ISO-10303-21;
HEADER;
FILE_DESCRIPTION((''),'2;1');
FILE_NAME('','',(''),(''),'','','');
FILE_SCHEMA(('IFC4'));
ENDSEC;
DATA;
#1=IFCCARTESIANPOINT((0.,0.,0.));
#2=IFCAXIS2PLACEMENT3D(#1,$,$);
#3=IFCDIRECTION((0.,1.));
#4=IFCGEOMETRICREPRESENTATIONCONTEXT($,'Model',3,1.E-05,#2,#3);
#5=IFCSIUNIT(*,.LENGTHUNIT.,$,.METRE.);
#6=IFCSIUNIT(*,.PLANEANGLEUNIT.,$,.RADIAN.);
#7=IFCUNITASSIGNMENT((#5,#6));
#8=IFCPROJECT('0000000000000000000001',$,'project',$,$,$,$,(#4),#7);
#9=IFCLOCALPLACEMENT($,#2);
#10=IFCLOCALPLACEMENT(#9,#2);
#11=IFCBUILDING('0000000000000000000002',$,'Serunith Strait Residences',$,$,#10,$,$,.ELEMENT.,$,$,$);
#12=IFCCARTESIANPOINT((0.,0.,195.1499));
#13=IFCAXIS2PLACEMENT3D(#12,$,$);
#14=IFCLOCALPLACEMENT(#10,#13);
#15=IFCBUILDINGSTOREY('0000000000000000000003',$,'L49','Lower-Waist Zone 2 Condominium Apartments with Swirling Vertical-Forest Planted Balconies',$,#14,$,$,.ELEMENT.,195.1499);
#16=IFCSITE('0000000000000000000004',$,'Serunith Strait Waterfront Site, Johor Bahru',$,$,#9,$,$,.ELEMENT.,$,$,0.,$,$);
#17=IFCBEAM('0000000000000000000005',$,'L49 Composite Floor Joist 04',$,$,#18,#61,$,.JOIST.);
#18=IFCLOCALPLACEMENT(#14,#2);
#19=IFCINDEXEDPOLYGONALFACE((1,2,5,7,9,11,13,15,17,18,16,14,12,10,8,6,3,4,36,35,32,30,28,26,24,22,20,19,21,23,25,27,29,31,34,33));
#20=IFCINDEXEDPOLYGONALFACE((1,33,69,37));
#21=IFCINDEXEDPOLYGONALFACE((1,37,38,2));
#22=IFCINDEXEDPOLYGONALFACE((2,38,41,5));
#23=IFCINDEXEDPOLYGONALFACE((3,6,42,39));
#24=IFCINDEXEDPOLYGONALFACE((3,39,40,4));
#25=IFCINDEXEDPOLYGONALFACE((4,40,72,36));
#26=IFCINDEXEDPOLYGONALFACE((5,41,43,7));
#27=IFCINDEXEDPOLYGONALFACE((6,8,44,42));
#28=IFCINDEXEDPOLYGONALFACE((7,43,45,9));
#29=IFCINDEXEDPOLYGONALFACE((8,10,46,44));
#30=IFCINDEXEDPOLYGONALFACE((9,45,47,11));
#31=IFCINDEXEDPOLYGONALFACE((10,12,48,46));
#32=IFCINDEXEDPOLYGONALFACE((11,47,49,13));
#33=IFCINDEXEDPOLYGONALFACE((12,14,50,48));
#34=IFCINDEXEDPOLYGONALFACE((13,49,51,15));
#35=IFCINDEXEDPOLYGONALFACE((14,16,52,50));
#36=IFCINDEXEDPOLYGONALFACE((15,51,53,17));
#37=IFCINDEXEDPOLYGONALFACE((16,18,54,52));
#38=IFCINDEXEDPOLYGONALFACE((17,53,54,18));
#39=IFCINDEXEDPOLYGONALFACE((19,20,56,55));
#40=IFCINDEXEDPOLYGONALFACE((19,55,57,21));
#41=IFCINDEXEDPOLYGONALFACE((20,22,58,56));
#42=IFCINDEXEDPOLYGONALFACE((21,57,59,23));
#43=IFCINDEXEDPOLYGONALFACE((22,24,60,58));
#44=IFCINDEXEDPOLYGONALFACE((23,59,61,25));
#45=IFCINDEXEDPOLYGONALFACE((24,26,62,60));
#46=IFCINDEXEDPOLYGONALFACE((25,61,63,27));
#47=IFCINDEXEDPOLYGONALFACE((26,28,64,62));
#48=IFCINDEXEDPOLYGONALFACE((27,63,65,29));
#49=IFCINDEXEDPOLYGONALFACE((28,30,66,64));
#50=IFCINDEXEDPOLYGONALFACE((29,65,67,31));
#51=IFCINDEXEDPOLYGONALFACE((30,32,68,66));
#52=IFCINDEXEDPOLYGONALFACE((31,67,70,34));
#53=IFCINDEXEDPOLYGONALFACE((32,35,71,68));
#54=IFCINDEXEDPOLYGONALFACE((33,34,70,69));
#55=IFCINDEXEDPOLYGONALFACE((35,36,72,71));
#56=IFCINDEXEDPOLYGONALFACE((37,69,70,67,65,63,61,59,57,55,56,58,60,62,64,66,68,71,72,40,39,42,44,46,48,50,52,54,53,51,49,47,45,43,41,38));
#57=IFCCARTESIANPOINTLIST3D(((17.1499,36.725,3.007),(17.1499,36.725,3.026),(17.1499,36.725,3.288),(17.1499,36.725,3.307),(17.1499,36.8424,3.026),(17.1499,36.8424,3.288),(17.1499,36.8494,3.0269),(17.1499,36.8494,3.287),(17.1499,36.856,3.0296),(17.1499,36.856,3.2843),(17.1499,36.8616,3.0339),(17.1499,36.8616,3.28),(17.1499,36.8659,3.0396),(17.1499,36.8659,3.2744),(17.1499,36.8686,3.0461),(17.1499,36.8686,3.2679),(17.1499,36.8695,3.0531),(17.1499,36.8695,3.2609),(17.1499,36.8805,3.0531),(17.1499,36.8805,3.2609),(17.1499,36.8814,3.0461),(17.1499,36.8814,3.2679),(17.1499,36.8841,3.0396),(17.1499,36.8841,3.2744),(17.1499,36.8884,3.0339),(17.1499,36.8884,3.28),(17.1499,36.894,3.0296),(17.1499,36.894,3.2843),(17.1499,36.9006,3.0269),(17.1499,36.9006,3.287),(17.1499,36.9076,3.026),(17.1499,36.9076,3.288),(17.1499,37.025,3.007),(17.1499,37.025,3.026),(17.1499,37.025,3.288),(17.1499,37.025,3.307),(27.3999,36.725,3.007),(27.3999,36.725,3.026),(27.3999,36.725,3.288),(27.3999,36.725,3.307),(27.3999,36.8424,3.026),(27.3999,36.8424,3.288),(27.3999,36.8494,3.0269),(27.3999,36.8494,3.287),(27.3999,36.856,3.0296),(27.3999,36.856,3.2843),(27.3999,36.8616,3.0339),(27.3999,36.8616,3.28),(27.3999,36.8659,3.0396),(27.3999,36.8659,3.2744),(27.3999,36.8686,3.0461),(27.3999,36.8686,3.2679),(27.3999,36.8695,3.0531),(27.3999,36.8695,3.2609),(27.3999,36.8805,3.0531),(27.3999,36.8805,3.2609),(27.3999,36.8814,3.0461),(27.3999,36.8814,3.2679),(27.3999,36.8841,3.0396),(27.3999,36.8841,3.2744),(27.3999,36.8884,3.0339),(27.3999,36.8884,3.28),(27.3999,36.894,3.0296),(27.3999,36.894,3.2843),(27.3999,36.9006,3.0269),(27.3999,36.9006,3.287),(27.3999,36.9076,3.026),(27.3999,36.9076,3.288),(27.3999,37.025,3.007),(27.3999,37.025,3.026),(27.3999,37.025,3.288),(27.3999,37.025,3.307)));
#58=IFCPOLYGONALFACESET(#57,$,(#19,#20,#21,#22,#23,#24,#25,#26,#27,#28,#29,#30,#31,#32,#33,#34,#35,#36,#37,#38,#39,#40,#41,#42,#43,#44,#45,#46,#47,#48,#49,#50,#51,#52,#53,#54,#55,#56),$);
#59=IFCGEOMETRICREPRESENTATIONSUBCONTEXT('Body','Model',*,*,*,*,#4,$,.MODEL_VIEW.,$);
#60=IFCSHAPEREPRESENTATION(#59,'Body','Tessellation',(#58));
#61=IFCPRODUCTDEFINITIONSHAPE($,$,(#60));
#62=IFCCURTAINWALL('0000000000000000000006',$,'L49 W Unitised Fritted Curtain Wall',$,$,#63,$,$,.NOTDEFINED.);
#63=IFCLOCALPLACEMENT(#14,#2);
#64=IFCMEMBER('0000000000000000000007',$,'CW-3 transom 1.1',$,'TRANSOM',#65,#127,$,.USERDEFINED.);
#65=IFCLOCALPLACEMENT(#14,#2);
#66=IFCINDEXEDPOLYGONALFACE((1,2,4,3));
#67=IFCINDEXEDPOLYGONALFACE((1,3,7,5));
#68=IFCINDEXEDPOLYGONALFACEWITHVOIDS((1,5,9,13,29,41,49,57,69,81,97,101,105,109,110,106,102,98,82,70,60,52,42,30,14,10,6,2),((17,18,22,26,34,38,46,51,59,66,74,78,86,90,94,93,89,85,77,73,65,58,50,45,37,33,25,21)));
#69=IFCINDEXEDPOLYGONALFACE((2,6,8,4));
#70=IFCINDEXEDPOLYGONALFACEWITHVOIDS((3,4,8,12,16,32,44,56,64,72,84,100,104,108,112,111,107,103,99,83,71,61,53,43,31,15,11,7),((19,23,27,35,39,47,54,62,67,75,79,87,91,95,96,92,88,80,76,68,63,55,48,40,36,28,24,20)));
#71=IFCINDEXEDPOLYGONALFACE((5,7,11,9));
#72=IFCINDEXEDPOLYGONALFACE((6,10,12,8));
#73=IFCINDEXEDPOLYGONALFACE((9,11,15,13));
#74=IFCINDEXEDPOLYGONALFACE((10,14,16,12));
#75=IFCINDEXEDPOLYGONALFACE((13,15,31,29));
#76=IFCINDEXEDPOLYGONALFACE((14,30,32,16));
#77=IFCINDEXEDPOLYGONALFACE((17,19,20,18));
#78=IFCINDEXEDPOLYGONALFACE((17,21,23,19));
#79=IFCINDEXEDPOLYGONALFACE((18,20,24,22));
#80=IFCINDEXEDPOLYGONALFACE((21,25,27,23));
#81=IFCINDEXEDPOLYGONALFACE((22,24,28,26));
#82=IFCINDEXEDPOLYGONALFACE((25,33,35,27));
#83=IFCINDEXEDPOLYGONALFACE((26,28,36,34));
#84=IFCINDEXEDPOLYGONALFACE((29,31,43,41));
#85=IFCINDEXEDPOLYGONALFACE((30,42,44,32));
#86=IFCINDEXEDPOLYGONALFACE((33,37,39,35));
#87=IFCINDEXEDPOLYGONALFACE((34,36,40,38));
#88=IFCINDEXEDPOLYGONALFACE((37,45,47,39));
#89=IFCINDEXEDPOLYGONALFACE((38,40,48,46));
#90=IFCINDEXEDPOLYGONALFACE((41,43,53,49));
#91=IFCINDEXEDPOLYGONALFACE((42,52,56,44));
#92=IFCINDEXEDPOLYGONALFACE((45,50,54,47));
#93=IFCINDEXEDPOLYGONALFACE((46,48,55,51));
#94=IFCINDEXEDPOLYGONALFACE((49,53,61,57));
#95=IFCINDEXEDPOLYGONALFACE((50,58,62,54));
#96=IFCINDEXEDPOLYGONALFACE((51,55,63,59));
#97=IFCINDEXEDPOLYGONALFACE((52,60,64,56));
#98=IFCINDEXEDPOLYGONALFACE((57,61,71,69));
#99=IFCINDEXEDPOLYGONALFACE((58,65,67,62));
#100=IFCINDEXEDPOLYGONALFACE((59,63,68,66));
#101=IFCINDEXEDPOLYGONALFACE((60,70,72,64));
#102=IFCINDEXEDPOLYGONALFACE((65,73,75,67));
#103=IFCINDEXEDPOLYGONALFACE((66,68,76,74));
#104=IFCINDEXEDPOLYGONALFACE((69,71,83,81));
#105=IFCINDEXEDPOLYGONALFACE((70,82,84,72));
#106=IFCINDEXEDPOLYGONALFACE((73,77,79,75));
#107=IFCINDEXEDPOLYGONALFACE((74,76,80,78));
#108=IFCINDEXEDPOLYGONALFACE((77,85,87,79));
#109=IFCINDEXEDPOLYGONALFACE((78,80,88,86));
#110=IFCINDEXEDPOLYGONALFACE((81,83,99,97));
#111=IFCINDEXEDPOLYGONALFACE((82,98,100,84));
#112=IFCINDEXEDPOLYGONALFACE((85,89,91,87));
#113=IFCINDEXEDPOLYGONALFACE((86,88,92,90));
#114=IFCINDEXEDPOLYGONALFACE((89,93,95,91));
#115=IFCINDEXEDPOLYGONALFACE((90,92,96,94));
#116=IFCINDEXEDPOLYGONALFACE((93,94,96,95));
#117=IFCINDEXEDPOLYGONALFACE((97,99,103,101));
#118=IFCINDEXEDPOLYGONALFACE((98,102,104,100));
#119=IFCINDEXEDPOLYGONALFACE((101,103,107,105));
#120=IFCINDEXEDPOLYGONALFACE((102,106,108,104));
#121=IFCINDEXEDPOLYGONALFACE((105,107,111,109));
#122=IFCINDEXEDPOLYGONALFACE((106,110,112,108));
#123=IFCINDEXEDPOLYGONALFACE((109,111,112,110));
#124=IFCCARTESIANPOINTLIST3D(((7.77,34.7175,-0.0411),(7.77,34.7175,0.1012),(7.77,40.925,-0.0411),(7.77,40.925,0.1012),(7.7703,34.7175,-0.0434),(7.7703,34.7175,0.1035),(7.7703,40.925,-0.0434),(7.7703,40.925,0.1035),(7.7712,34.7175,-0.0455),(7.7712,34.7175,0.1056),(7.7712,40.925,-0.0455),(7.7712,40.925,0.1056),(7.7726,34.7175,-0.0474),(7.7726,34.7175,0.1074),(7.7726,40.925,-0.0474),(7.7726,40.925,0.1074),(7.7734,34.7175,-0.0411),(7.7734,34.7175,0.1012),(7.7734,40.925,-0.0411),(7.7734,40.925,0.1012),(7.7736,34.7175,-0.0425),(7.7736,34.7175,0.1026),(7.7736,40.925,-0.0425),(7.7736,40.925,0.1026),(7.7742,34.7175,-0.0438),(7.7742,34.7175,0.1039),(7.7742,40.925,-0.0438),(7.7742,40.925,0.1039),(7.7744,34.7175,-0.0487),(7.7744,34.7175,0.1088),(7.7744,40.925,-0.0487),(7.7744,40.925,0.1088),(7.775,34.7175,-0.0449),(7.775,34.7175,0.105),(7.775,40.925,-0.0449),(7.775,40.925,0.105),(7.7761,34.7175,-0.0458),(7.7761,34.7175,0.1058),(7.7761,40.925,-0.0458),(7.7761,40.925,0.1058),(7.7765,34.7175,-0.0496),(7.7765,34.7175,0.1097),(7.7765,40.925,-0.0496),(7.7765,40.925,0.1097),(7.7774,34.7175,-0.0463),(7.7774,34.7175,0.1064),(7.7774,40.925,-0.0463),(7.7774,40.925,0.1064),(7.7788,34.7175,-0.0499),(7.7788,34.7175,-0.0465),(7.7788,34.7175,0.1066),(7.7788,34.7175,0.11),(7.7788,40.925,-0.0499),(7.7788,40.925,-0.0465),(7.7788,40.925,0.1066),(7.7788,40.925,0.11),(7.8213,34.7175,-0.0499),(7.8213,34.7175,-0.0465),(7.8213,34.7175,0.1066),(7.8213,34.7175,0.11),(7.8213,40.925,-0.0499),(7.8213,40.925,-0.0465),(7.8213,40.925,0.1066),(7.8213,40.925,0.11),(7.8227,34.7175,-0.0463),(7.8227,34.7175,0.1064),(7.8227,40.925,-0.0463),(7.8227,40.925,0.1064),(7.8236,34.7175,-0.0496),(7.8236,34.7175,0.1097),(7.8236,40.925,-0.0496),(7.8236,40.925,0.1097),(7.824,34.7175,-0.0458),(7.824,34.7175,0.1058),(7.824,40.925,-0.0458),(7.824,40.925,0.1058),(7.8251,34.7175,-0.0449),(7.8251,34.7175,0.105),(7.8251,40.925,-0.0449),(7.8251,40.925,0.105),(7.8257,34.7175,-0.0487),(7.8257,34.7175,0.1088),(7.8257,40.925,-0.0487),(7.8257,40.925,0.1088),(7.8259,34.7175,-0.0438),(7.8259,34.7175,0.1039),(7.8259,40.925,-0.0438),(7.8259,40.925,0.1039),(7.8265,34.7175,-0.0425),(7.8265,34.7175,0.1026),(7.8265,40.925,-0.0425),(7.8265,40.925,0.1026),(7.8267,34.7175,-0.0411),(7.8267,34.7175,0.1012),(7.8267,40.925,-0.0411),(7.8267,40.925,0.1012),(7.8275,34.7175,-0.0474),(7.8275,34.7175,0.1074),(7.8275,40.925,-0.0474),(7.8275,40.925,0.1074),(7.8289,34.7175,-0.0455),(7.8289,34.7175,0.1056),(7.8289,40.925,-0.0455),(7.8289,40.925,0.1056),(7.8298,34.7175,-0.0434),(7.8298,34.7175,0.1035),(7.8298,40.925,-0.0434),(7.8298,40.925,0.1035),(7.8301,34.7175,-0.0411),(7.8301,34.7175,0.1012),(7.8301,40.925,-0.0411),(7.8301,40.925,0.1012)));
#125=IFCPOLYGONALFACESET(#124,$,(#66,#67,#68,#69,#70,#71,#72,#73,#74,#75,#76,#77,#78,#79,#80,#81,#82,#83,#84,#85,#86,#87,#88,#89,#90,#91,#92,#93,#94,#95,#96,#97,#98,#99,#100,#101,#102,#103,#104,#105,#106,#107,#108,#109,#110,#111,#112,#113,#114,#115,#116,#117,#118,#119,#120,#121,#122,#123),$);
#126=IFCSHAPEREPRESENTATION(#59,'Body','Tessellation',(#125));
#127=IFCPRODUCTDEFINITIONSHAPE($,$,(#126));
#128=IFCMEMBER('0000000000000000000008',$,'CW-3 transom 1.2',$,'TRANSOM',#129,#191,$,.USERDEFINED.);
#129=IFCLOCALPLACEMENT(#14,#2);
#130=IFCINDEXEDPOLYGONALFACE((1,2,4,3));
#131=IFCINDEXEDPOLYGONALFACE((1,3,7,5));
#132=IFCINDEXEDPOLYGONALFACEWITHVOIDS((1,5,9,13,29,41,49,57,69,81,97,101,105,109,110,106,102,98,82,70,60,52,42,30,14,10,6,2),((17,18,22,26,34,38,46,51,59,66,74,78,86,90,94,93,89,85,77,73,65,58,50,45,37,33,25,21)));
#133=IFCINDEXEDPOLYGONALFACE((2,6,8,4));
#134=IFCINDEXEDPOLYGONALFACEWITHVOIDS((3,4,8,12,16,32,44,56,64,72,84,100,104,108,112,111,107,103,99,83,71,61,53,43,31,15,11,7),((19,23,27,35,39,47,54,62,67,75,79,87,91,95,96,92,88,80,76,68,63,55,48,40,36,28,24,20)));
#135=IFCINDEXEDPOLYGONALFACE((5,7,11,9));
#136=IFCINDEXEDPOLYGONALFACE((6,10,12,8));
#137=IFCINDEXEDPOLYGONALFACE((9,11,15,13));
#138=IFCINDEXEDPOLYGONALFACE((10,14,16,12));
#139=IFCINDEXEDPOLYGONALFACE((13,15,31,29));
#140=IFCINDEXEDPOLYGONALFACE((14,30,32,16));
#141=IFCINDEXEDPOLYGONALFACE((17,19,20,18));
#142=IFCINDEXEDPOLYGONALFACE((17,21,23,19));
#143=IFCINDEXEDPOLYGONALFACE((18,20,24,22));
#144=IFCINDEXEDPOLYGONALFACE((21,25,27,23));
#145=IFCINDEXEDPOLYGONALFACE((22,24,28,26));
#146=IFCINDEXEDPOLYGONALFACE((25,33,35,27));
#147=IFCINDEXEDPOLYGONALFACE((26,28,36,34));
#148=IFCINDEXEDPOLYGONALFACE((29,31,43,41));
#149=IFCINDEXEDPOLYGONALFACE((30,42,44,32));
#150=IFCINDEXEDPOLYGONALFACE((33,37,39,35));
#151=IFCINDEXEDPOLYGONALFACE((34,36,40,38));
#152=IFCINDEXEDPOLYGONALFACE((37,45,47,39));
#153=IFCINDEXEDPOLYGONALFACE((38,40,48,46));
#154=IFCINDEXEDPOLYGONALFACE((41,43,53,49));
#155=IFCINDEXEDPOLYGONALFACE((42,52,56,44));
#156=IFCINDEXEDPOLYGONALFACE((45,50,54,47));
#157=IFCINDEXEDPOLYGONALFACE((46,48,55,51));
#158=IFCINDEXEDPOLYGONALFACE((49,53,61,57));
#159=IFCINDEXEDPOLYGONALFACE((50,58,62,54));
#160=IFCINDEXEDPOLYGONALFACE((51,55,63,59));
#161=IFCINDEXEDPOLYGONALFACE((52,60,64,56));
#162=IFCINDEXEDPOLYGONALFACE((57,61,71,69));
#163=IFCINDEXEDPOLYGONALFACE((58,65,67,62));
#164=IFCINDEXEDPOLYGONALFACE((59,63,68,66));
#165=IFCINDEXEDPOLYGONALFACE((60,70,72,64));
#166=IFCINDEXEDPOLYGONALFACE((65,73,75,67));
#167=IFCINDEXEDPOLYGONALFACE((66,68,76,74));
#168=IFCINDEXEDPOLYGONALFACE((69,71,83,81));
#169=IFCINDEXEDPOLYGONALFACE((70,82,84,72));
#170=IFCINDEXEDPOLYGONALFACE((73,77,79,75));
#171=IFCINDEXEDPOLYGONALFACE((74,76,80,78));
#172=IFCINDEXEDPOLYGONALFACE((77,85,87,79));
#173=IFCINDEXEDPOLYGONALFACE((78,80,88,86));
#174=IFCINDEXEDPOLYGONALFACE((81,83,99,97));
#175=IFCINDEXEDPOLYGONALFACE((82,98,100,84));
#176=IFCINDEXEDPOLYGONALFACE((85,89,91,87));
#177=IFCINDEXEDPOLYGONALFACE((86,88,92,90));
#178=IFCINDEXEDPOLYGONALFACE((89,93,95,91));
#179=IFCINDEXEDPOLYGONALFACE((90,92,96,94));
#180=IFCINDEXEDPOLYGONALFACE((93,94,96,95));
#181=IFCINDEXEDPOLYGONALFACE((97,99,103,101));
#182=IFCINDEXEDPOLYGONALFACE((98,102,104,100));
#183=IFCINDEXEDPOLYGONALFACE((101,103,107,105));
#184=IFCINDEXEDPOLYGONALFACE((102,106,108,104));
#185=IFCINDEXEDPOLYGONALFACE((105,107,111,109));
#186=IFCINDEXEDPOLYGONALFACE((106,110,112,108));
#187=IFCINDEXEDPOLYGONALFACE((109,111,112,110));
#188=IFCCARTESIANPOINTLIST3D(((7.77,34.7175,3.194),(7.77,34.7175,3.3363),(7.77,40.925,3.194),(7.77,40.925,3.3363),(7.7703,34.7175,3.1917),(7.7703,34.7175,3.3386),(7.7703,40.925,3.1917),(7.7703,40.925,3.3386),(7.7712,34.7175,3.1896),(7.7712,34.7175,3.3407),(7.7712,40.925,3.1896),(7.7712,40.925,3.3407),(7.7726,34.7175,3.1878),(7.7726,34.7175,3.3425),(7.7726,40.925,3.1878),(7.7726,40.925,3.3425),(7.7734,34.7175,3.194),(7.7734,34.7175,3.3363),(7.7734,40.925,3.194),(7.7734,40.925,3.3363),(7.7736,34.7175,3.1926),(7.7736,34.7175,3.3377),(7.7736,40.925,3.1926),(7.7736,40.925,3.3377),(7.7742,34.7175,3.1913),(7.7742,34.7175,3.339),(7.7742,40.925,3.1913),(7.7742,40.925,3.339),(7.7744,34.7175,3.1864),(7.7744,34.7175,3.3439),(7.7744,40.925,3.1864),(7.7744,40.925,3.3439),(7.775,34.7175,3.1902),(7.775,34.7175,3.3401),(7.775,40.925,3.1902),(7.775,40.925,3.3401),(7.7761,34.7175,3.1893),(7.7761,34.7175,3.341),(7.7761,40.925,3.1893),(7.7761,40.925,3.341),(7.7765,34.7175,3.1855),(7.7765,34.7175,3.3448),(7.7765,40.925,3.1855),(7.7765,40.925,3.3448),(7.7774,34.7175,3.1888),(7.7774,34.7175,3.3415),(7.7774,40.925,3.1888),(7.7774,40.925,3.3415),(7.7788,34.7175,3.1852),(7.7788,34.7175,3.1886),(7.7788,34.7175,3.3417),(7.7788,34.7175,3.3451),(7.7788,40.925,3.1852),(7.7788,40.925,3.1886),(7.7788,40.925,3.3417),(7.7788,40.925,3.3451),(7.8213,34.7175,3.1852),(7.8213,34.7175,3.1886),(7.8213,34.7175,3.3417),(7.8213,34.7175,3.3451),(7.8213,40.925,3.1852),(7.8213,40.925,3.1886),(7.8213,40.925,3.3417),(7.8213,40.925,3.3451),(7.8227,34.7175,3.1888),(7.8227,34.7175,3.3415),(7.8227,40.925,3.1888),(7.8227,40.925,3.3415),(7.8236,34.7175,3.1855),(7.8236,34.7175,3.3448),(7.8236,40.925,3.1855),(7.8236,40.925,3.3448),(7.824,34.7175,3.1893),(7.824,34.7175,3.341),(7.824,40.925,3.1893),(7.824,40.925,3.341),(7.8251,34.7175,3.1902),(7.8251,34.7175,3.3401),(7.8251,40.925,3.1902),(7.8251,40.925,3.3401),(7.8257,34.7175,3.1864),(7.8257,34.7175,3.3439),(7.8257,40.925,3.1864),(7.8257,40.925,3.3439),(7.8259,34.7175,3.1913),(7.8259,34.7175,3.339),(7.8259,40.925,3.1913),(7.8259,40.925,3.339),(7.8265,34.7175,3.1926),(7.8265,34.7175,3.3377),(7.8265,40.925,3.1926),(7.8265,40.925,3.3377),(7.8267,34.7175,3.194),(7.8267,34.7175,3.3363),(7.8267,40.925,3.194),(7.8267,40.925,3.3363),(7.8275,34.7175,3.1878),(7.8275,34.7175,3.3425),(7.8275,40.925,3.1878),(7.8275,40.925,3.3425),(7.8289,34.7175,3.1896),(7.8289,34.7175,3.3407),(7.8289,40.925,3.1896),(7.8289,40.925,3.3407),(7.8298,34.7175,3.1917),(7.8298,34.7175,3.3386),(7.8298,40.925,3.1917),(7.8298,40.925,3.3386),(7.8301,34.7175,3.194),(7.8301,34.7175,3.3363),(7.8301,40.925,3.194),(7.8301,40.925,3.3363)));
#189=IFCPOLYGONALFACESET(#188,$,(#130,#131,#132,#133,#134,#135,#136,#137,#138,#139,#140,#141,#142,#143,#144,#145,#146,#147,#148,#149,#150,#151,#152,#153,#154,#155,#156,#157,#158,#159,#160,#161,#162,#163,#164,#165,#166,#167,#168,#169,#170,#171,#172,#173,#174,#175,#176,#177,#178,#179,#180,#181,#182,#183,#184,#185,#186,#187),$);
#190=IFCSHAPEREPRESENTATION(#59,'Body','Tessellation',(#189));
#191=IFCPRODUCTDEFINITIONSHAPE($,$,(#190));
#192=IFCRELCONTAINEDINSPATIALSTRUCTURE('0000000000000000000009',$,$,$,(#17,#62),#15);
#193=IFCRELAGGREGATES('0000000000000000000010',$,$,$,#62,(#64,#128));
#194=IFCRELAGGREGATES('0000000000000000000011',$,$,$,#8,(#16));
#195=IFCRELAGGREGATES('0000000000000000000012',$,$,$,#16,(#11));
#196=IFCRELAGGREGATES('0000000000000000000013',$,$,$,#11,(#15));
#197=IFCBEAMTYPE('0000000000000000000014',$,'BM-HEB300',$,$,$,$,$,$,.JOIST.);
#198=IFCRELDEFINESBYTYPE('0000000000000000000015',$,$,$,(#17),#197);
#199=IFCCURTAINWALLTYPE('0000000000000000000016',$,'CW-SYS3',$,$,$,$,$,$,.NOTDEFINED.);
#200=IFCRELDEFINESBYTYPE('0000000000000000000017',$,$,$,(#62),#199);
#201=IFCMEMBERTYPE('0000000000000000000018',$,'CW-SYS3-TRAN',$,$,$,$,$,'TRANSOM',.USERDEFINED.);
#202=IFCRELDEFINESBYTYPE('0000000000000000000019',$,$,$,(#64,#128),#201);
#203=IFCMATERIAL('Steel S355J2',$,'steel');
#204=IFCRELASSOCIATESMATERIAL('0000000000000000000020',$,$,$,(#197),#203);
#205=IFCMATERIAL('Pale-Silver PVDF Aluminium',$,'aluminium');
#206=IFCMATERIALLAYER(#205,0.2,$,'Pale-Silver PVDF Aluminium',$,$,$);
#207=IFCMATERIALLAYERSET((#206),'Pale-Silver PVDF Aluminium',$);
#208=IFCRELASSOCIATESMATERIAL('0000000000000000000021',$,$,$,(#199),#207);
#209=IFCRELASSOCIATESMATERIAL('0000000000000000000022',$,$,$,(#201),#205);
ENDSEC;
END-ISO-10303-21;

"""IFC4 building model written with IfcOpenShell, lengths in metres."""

from ifc_helpers import new_model, si_unit, direction, frame, origin, origin_2d, place, context, subcontext, project, spatial, hollow_rectangle, i_section, extrude, source, transform, mapped, material, layer, layer_set, material_profile, profile_set, type_object, element, aggregate, save


model = new_model("IFC4")

# Units and contexts
model_context = context("Model", 3, precision=1e-05, world=origin(), true_north=direction((0.0, 1.0)))
body_context = subcontext(model_context, "Body", "Model", "MODEL_VIEW")
ifc_project = project(units=[si_unit("LENGTHUNIT", "METRE"), si_unit("PLANEANGLEUNIT", "RADIAN")], contexts=[model_context])

# Site, building, storey
site_placement = place(None, origin())
site = spatial("IfcSite", under=ifc_project, at=site_placement, Name="Serunith Strait Waterfront Site, Johor Bahru", CompositionType="ELEMENT", RefElevation=0.0)
building_placement = place(site_placement, origin())
building = spatial("IfcBuilding", under=site, at=building_placement, Name="Serunith Strait Residences", CompositionType="ELEMENT")
storey_placement = place(building_placement, frame((0.0, 0.0, 195.1499)))
storey = spatial("IfcBuildingStorey", under=building, at=storey_placement, Name="L49", Description="Lower-Waist Zone 2 Condominium Apartments with Swirling Vertical-Forest Planted Balconies", CompositionType="ELEMENT", Elevation=195.1499)

# Beam
ifc_material_1 = material(Name="Steel S355J2", Category="steel")
ifc_material_profile_1 = material_profile(ifc_material_1, i_section(OverallWidth=0.3, OverallDepth=0.3, WebThickness=0.011, FlangeThickness=0.019, FilletRadius=0.0271, at=origin_2d()), Name="HEB 300")
ifc_profile_set_1 = profile_set([ifc_material_profile_1], Name="Steel S355J2")
beam_type_1 = type_object("IfcBeamType", Name="BM-HEB300", PredefinedType="JOIST", material=ifc_profile_set_1)
shared_shape_1 = source(origin(), body_context, "Body", "SweptSolid", [
    extrude(i_section(OverallWidth=0.3, OverallDepth=0.3, WebThickness=0.011, FlangeThickness=0.019, FilletRadius=0.0271, at=origin_2d()), origin(), (0.0, 0.0, 1.0), 10.25),
])
beam_1_placement = place(storey_placement, frame((17.1499, 36.875, 3.157), z_axis=(1.0, 0.0, 0.0), x_axis=(0.0, 1.0, 0.0)))
element("IfcBeam", 1, at=beam_1_placement, inside=storey, type_object=beam_type_1, Name="L49 Composite Floor Joist 04", PredefinedType="JOIST", context=body_context, shape_type="MappedRepresentation", body=[
    mapped(shared_shape_1, transform((0.0, 0.0, 0.0), scale=1.0)),
])

# Curtain wall, members
ifc_material_2 = material(Name="Pale-Silver PVDF Aluminium", Category="aluminium")
ifc_layer_1 = layer(ifc_material_2, 0.2, Name="Pale-Silver PVDF Aluminium")
ifc_layer_set_1 = layer_set([ifc_layer_1], Name="Pale-Silver PVDF Aluminium")
curtain_wall_type = type_object("IfcCurtainWallType", Name="CW-SYS3", PredefinedType="NOTDEFINED", material=ifc_layer_set_1)
curtain_wall_1_placement = place(storey_placement, origin())
curtain_wall_1 = element("IfcCurtainWall", 2, at=curtain_wall_1_placement, inside=storey, type_object=curtain_wall_type, Name="L49 W Unitised Fritted Curtain Wall", PredefinedType="NOTDEFINED")
ifc_material_profile_2 = material_profile(ifc_material_2, hollow_rectangle(XDim=0.0601, YDim=0.1599, WallThickness=0.0034, InnerFilletRadius=0.0054, OuterFilletRadius=0.0088, at=origin_2d()), Name="ALU 160x60x3.5")
ifc_profile_set_2 = profile_set([ifc_material_profile_2], Name="Pale-Silver PVDF Aluminium")
member_type_1 = type_object("IfcMemberType", Name="CW-SYS3-TRAN", ElementType="TRANSOM", PredefinedType="USERDEFINED", material=ifc_profile_set_2)
shared_shape_2 = source(origin(), body_context, "Body", "SweptSolid", [
    extrude(hollow_rectangle(XDim=0.0601, YDim=0.1599, WallThickness=0.0034, InnerFilletRadius=0.0054, OuterFilletRadius=0.0088, at=origin_2d()), origin(), (0.0, 0.0, 1.0), 6.2075),
])
member_1_placement = place(storey_placement, frame((7.8, 40.925, 0.03), z_axis=(0.0, -1.0, 0.0), x_axis=(1.0, 0.0, 0.0)))
member_1 = element("IfcMember", 3, at=member_1_placement, type_object=member_type_1, Name="CW-3 transom 1.1", ObjectType="TRANSOM", PredefinedType="USERDEFINED", context=body_context, shape_type="MappedRepresentation", body=[
    mapped(shared_shape_2, transform((0.0, 0.0, 0.0), scale=1.0)),
])
member_2_placement = place(storey_placement, frame((7.8, 40.925, 3.2651), z_axis=(0.0, -1.0, 0.0), x_axis=(1.0, 0.0, 0.0)))
member_2 = element("IfcMember", 4, at=member_2_placement, type_object=member_type_1, Name="CW-3 transom 1.2", ObjectType="TRANSOM", PredefinedType="USERDEFINED", context=body_context, shape_type="MappedRepresentation", body=[
    mapped(shared_shape_2, transform((0.0, 0.0, 0.0), scale=1.0)),
])

aggregate(curtain_wall_1, [member_1, member_2])

save(model, "model.ifc")
